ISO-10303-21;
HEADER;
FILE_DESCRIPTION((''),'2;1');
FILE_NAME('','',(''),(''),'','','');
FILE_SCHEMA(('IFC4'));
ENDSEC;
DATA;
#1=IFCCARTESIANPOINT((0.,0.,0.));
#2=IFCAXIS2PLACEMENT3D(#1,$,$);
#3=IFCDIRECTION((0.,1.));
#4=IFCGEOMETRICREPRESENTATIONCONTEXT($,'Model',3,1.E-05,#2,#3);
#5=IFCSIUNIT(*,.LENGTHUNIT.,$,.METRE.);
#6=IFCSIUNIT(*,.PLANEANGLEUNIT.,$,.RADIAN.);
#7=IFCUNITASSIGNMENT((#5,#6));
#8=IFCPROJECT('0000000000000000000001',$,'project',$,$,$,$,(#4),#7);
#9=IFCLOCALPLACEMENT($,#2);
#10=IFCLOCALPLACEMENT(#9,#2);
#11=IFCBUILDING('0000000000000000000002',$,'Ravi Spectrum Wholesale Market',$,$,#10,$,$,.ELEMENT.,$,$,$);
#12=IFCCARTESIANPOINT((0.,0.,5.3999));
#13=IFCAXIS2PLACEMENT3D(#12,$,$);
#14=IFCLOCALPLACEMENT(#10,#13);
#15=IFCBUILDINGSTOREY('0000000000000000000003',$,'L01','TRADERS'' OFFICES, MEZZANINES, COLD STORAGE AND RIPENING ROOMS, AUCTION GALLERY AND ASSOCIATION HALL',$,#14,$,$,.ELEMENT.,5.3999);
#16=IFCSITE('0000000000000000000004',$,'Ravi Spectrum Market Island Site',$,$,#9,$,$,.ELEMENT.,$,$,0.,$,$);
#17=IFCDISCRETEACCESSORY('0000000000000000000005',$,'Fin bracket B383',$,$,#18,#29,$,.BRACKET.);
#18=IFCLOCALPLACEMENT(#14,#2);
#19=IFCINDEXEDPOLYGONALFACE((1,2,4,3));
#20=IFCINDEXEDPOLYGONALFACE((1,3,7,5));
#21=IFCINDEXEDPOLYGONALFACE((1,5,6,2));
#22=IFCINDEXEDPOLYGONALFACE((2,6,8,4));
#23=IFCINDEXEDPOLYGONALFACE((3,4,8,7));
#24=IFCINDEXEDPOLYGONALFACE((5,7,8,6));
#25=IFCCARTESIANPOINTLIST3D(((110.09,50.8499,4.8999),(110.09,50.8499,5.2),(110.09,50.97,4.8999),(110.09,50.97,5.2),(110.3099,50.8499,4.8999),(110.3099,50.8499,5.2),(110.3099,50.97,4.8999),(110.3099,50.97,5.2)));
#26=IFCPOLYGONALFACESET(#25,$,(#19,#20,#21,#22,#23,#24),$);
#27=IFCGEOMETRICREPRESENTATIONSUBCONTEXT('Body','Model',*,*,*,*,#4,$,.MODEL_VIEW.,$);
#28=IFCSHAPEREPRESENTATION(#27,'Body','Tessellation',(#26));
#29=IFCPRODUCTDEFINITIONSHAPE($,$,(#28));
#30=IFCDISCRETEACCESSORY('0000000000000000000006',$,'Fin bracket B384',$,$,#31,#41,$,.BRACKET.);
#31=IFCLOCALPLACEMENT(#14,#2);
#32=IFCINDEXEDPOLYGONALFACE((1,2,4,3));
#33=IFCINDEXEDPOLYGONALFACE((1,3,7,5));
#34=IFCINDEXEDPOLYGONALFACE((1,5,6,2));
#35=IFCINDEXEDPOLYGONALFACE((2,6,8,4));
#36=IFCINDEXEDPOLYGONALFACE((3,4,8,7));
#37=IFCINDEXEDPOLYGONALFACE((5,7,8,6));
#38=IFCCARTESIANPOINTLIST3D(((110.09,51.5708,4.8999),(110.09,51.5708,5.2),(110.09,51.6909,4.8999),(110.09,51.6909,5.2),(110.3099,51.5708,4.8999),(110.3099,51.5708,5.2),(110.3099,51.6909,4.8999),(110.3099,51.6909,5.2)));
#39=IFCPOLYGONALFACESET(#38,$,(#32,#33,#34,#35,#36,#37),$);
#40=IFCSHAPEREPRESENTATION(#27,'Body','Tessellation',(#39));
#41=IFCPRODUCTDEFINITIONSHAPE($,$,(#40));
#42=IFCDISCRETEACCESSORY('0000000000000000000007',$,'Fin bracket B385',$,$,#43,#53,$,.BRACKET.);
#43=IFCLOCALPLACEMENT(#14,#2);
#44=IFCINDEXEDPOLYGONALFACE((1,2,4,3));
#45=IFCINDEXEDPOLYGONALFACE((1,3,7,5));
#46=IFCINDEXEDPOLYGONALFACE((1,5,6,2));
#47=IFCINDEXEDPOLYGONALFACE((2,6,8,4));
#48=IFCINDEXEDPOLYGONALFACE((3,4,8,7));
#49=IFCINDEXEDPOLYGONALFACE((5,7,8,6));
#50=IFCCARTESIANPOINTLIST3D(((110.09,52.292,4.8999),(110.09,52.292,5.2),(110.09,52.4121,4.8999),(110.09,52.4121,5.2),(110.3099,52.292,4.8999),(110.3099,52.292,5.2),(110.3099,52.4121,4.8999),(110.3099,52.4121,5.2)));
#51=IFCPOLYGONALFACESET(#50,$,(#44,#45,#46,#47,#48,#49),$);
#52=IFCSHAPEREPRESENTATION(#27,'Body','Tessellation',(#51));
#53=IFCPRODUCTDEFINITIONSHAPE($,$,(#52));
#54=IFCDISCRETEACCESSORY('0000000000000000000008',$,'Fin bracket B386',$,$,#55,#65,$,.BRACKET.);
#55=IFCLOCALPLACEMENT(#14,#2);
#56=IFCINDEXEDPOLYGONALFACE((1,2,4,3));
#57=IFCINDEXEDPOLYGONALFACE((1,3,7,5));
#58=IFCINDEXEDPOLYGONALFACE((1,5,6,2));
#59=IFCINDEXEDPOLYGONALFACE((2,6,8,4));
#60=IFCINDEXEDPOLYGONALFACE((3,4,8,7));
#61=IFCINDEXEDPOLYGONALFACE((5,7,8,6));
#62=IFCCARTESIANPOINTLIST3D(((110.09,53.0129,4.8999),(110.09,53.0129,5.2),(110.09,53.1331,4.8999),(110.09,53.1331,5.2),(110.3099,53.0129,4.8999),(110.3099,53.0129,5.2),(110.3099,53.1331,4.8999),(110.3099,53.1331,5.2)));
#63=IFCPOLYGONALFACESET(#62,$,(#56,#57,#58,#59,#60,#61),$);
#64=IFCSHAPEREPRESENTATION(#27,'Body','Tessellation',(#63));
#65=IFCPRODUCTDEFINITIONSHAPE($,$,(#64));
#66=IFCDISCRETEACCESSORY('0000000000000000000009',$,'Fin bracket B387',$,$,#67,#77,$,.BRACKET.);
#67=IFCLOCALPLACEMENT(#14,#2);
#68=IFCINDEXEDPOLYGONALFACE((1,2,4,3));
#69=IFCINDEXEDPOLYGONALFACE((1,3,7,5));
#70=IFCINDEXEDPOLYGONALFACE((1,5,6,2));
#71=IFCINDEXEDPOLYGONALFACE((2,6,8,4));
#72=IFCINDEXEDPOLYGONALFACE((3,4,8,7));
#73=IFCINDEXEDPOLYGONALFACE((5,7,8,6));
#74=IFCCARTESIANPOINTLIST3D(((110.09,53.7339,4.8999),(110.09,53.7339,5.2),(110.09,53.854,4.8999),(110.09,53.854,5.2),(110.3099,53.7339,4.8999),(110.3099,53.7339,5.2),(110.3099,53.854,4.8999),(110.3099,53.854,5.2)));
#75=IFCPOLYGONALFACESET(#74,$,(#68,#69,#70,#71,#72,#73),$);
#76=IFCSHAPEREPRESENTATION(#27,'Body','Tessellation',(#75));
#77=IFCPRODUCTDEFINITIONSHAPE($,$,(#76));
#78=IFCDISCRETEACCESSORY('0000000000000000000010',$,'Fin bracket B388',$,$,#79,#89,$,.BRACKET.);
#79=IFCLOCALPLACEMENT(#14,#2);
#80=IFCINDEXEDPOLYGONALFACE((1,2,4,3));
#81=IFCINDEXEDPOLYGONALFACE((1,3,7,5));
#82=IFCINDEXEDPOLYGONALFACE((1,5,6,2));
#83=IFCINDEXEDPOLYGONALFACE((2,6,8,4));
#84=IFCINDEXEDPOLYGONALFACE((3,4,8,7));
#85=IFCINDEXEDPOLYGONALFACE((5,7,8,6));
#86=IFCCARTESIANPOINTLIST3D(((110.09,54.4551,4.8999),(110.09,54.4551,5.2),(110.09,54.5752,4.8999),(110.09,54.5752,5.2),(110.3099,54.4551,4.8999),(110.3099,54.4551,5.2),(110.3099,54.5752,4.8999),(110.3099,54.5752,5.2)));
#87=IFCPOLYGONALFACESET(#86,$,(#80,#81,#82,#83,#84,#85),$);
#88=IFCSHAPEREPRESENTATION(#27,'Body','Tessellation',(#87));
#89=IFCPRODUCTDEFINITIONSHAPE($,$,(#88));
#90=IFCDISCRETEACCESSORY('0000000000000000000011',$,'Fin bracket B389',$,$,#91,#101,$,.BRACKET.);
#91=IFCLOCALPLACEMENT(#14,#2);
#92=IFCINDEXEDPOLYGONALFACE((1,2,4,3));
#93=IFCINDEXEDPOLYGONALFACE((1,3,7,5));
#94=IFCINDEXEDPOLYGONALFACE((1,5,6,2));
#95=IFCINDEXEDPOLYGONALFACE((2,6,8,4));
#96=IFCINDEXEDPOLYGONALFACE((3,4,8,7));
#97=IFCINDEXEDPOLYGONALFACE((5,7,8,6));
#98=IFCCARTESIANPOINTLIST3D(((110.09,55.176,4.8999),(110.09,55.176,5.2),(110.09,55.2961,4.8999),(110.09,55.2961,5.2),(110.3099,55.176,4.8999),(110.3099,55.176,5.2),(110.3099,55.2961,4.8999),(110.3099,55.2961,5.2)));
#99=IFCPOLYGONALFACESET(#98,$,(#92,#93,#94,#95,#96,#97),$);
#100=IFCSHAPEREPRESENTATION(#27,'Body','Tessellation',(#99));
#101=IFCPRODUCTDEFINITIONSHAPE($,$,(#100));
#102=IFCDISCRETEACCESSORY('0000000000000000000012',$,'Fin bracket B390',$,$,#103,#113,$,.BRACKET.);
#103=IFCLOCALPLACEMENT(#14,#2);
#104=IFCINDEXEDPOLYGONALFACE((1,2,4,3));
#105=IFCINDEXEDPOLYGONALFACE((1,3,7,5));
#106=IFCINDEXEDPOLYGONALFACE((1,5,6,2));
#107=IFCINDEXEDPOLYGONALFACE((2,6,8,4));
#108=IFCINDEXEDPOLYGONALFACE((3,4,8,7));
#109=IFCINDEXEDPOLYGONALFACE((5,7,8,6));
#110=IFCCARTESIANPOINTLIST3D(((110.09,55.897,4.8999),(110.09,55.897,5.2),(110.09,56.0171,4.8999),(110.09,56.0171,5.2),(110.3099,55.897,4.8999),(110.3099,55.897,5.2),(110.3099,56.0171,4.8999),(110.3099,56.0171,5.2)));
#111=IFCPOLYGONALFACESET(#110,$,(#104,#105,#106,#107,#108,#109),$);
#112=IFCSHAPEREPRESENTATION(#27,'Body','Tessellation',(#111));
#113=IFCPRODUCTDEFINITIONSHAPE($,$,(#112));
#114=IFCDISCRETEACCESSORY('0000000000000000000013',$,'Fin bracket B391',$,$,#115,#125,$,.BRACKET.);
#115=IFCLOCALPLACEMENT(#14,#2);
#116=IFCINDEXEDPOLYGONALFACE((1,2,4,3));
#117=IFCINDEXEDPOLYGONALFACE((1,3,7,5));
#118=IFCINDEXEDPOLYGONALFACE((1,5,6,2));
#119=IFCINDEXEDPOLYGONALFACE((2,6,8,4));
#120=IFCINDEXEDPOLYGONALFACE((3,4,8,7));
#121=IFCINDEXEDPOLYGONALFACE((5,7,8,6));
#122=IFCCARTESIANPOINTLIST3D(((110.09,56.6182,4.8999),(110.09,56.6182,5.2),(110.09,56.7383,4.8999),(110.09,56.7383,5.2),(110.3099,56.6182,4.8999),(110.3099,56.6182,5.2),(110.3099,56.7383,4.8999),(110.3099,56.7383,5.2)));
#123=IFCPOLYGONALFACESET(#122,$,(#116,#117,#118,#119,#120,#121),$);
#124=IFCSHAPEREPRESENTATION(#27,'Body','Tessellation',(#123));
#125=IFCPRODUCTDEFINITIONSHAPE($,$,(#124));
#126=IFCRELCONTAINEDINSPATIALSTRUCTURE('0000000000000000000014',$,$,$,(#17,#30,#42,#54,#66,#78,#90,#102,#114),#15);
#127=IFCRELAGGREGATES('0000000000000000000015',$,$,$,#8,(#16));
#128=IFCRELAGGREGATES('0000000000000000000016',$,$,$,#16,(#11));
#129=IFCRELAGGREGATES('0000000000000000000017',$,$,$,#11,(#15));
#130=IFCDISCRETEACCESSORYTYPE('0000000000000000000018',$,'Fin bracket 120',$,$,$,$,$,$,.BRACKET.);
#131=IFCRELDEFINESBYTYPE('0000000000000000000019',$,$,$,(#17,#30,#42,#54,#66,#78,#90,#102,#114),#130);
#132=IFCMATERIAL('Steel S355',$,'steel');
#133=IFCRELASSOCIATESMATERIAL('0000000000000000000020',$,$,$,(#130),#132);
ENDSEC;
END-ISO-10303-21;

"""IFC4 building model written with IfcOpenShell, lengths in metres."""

from ifc_helpers import new_model, si_unit, direction, frame, origin, origin_2d, place, context, subcontext, project, spatial, rectangle, extrude, material, type_object, element, save


model = new_model("IFC4")

# Units and contexts
model_context = context("Model", 3, precision=1e-05, world=origin(), true_north=direction((0.0, 1.0)))
body_context = subcontext(model_context, "Body", "Model", "MODEL_VIEW")
ifc_project = project(units=[si_unit("LENGTHUNIT", "METRE"), si_unit("PLANEANGLEUNIT", "RADIAN")], contexts=[model_context])

# Site, building, storey
site_placement = place(None, origin())
site = spatial("IfcSite", under=ifc_project, at=site_placement, Name="Ravi Spectrum Market Island Site", CompositionType="ELEMENT", RefElevation=0.0)
building_placement = place(site_placement, origin())
building = spatial("IfcBuilding", under=site, at=building_placement, Name="Ravi Spectrum Wholesale Market", CompositionType="ELEMENT")
storey_placement = place(building_placement, frame((0.0, 0.0, 5.3999)))
storey = spatial("IfcBuildingStorey", under=building, at=storey_placement, Name="L01", Description="TRADERS' OFFICES, MEZZANINES, COLD STORAGE AND RIPENING ROOMS, AUCTION GALLERY AND ASSOCIATION HALL", CompositionType="ELEMENT", Elevation=5.3999)

# Discrete accessories
ifc_material_1 = material(Name="Steel S355", Category="steel")
discrete_accessory_type = type_object("IfcDiscreteAccessoryType", Name="Fin bracket 120", PredefinedType="BRACKET", material=ifc_material_1)
for number, where, z_axis, x_axis, name in (
    (1, (110.2, 50.9099, 4.8999), (0.0, 0.0, 1.0), (0.0, 1.0, 0.0), "Fin bracket B383"),
    (2, (110.2, 51.6309, 4.8999), (0.0, 0.0, 1.0), (0.0, 1.0, 0.0), "Fin bracket B384"),
    (3, (110.2, 52.3521, 4.8999), (0.0, 0.0, 1.0), (0.0, 1.0, 0.0), "Fin bracket B385"),
    (4, (110.2, 53.073, 4.8999), (0.0, 0.0, 1.0), (0.0, 1.0, 0.0), "Fin bracket B386"),
    (5, (110.2, 53.7939, 4.8999), (0.0, 0.0, 1.0), (0.0, 1.0, 0.0), "Fin bracket B387"),
    (6, (110.2, 54.5151, 4.8999), (0.0, 0.0, 1.0), (0.0, 1.0, 0.0), "Fin bracket B388"),
    (7, (110.2, 55.2361, 4.8999), (0.0, 0.0, 1.0), (0.0, 1.0, 0.0), "Fin bracket B389"),
    (8, (110.2, 55.957, 4.8999), (0.0, 0.0, 1.0), (0.0, 1.0, 0.0), "Fin bracket B390"),
    (9, (110.2, 56.6782, 4.8999), (0.0, 0.0, 1.0), (0.0, 1.0, 0.0), "Fin bracket B391"),
):
    element("IfcDiscreteAccessory", number, at=place(storey_placement, frame(where, z_axis=z_axis, x_axis=x_axis)), inside=storey, type_object=discrete_accessory_type, Name=name, PredefinedType="BRACKET", context=body_context, shape_type="SweptSolid", body=[
        extrude(rectangle(XDim=0.1201, YDim=0.22, at=origin_2d()), origin(), (0.0, 0.0, 1.0), 0.3),
    ])

save(model, "model.ifc")
